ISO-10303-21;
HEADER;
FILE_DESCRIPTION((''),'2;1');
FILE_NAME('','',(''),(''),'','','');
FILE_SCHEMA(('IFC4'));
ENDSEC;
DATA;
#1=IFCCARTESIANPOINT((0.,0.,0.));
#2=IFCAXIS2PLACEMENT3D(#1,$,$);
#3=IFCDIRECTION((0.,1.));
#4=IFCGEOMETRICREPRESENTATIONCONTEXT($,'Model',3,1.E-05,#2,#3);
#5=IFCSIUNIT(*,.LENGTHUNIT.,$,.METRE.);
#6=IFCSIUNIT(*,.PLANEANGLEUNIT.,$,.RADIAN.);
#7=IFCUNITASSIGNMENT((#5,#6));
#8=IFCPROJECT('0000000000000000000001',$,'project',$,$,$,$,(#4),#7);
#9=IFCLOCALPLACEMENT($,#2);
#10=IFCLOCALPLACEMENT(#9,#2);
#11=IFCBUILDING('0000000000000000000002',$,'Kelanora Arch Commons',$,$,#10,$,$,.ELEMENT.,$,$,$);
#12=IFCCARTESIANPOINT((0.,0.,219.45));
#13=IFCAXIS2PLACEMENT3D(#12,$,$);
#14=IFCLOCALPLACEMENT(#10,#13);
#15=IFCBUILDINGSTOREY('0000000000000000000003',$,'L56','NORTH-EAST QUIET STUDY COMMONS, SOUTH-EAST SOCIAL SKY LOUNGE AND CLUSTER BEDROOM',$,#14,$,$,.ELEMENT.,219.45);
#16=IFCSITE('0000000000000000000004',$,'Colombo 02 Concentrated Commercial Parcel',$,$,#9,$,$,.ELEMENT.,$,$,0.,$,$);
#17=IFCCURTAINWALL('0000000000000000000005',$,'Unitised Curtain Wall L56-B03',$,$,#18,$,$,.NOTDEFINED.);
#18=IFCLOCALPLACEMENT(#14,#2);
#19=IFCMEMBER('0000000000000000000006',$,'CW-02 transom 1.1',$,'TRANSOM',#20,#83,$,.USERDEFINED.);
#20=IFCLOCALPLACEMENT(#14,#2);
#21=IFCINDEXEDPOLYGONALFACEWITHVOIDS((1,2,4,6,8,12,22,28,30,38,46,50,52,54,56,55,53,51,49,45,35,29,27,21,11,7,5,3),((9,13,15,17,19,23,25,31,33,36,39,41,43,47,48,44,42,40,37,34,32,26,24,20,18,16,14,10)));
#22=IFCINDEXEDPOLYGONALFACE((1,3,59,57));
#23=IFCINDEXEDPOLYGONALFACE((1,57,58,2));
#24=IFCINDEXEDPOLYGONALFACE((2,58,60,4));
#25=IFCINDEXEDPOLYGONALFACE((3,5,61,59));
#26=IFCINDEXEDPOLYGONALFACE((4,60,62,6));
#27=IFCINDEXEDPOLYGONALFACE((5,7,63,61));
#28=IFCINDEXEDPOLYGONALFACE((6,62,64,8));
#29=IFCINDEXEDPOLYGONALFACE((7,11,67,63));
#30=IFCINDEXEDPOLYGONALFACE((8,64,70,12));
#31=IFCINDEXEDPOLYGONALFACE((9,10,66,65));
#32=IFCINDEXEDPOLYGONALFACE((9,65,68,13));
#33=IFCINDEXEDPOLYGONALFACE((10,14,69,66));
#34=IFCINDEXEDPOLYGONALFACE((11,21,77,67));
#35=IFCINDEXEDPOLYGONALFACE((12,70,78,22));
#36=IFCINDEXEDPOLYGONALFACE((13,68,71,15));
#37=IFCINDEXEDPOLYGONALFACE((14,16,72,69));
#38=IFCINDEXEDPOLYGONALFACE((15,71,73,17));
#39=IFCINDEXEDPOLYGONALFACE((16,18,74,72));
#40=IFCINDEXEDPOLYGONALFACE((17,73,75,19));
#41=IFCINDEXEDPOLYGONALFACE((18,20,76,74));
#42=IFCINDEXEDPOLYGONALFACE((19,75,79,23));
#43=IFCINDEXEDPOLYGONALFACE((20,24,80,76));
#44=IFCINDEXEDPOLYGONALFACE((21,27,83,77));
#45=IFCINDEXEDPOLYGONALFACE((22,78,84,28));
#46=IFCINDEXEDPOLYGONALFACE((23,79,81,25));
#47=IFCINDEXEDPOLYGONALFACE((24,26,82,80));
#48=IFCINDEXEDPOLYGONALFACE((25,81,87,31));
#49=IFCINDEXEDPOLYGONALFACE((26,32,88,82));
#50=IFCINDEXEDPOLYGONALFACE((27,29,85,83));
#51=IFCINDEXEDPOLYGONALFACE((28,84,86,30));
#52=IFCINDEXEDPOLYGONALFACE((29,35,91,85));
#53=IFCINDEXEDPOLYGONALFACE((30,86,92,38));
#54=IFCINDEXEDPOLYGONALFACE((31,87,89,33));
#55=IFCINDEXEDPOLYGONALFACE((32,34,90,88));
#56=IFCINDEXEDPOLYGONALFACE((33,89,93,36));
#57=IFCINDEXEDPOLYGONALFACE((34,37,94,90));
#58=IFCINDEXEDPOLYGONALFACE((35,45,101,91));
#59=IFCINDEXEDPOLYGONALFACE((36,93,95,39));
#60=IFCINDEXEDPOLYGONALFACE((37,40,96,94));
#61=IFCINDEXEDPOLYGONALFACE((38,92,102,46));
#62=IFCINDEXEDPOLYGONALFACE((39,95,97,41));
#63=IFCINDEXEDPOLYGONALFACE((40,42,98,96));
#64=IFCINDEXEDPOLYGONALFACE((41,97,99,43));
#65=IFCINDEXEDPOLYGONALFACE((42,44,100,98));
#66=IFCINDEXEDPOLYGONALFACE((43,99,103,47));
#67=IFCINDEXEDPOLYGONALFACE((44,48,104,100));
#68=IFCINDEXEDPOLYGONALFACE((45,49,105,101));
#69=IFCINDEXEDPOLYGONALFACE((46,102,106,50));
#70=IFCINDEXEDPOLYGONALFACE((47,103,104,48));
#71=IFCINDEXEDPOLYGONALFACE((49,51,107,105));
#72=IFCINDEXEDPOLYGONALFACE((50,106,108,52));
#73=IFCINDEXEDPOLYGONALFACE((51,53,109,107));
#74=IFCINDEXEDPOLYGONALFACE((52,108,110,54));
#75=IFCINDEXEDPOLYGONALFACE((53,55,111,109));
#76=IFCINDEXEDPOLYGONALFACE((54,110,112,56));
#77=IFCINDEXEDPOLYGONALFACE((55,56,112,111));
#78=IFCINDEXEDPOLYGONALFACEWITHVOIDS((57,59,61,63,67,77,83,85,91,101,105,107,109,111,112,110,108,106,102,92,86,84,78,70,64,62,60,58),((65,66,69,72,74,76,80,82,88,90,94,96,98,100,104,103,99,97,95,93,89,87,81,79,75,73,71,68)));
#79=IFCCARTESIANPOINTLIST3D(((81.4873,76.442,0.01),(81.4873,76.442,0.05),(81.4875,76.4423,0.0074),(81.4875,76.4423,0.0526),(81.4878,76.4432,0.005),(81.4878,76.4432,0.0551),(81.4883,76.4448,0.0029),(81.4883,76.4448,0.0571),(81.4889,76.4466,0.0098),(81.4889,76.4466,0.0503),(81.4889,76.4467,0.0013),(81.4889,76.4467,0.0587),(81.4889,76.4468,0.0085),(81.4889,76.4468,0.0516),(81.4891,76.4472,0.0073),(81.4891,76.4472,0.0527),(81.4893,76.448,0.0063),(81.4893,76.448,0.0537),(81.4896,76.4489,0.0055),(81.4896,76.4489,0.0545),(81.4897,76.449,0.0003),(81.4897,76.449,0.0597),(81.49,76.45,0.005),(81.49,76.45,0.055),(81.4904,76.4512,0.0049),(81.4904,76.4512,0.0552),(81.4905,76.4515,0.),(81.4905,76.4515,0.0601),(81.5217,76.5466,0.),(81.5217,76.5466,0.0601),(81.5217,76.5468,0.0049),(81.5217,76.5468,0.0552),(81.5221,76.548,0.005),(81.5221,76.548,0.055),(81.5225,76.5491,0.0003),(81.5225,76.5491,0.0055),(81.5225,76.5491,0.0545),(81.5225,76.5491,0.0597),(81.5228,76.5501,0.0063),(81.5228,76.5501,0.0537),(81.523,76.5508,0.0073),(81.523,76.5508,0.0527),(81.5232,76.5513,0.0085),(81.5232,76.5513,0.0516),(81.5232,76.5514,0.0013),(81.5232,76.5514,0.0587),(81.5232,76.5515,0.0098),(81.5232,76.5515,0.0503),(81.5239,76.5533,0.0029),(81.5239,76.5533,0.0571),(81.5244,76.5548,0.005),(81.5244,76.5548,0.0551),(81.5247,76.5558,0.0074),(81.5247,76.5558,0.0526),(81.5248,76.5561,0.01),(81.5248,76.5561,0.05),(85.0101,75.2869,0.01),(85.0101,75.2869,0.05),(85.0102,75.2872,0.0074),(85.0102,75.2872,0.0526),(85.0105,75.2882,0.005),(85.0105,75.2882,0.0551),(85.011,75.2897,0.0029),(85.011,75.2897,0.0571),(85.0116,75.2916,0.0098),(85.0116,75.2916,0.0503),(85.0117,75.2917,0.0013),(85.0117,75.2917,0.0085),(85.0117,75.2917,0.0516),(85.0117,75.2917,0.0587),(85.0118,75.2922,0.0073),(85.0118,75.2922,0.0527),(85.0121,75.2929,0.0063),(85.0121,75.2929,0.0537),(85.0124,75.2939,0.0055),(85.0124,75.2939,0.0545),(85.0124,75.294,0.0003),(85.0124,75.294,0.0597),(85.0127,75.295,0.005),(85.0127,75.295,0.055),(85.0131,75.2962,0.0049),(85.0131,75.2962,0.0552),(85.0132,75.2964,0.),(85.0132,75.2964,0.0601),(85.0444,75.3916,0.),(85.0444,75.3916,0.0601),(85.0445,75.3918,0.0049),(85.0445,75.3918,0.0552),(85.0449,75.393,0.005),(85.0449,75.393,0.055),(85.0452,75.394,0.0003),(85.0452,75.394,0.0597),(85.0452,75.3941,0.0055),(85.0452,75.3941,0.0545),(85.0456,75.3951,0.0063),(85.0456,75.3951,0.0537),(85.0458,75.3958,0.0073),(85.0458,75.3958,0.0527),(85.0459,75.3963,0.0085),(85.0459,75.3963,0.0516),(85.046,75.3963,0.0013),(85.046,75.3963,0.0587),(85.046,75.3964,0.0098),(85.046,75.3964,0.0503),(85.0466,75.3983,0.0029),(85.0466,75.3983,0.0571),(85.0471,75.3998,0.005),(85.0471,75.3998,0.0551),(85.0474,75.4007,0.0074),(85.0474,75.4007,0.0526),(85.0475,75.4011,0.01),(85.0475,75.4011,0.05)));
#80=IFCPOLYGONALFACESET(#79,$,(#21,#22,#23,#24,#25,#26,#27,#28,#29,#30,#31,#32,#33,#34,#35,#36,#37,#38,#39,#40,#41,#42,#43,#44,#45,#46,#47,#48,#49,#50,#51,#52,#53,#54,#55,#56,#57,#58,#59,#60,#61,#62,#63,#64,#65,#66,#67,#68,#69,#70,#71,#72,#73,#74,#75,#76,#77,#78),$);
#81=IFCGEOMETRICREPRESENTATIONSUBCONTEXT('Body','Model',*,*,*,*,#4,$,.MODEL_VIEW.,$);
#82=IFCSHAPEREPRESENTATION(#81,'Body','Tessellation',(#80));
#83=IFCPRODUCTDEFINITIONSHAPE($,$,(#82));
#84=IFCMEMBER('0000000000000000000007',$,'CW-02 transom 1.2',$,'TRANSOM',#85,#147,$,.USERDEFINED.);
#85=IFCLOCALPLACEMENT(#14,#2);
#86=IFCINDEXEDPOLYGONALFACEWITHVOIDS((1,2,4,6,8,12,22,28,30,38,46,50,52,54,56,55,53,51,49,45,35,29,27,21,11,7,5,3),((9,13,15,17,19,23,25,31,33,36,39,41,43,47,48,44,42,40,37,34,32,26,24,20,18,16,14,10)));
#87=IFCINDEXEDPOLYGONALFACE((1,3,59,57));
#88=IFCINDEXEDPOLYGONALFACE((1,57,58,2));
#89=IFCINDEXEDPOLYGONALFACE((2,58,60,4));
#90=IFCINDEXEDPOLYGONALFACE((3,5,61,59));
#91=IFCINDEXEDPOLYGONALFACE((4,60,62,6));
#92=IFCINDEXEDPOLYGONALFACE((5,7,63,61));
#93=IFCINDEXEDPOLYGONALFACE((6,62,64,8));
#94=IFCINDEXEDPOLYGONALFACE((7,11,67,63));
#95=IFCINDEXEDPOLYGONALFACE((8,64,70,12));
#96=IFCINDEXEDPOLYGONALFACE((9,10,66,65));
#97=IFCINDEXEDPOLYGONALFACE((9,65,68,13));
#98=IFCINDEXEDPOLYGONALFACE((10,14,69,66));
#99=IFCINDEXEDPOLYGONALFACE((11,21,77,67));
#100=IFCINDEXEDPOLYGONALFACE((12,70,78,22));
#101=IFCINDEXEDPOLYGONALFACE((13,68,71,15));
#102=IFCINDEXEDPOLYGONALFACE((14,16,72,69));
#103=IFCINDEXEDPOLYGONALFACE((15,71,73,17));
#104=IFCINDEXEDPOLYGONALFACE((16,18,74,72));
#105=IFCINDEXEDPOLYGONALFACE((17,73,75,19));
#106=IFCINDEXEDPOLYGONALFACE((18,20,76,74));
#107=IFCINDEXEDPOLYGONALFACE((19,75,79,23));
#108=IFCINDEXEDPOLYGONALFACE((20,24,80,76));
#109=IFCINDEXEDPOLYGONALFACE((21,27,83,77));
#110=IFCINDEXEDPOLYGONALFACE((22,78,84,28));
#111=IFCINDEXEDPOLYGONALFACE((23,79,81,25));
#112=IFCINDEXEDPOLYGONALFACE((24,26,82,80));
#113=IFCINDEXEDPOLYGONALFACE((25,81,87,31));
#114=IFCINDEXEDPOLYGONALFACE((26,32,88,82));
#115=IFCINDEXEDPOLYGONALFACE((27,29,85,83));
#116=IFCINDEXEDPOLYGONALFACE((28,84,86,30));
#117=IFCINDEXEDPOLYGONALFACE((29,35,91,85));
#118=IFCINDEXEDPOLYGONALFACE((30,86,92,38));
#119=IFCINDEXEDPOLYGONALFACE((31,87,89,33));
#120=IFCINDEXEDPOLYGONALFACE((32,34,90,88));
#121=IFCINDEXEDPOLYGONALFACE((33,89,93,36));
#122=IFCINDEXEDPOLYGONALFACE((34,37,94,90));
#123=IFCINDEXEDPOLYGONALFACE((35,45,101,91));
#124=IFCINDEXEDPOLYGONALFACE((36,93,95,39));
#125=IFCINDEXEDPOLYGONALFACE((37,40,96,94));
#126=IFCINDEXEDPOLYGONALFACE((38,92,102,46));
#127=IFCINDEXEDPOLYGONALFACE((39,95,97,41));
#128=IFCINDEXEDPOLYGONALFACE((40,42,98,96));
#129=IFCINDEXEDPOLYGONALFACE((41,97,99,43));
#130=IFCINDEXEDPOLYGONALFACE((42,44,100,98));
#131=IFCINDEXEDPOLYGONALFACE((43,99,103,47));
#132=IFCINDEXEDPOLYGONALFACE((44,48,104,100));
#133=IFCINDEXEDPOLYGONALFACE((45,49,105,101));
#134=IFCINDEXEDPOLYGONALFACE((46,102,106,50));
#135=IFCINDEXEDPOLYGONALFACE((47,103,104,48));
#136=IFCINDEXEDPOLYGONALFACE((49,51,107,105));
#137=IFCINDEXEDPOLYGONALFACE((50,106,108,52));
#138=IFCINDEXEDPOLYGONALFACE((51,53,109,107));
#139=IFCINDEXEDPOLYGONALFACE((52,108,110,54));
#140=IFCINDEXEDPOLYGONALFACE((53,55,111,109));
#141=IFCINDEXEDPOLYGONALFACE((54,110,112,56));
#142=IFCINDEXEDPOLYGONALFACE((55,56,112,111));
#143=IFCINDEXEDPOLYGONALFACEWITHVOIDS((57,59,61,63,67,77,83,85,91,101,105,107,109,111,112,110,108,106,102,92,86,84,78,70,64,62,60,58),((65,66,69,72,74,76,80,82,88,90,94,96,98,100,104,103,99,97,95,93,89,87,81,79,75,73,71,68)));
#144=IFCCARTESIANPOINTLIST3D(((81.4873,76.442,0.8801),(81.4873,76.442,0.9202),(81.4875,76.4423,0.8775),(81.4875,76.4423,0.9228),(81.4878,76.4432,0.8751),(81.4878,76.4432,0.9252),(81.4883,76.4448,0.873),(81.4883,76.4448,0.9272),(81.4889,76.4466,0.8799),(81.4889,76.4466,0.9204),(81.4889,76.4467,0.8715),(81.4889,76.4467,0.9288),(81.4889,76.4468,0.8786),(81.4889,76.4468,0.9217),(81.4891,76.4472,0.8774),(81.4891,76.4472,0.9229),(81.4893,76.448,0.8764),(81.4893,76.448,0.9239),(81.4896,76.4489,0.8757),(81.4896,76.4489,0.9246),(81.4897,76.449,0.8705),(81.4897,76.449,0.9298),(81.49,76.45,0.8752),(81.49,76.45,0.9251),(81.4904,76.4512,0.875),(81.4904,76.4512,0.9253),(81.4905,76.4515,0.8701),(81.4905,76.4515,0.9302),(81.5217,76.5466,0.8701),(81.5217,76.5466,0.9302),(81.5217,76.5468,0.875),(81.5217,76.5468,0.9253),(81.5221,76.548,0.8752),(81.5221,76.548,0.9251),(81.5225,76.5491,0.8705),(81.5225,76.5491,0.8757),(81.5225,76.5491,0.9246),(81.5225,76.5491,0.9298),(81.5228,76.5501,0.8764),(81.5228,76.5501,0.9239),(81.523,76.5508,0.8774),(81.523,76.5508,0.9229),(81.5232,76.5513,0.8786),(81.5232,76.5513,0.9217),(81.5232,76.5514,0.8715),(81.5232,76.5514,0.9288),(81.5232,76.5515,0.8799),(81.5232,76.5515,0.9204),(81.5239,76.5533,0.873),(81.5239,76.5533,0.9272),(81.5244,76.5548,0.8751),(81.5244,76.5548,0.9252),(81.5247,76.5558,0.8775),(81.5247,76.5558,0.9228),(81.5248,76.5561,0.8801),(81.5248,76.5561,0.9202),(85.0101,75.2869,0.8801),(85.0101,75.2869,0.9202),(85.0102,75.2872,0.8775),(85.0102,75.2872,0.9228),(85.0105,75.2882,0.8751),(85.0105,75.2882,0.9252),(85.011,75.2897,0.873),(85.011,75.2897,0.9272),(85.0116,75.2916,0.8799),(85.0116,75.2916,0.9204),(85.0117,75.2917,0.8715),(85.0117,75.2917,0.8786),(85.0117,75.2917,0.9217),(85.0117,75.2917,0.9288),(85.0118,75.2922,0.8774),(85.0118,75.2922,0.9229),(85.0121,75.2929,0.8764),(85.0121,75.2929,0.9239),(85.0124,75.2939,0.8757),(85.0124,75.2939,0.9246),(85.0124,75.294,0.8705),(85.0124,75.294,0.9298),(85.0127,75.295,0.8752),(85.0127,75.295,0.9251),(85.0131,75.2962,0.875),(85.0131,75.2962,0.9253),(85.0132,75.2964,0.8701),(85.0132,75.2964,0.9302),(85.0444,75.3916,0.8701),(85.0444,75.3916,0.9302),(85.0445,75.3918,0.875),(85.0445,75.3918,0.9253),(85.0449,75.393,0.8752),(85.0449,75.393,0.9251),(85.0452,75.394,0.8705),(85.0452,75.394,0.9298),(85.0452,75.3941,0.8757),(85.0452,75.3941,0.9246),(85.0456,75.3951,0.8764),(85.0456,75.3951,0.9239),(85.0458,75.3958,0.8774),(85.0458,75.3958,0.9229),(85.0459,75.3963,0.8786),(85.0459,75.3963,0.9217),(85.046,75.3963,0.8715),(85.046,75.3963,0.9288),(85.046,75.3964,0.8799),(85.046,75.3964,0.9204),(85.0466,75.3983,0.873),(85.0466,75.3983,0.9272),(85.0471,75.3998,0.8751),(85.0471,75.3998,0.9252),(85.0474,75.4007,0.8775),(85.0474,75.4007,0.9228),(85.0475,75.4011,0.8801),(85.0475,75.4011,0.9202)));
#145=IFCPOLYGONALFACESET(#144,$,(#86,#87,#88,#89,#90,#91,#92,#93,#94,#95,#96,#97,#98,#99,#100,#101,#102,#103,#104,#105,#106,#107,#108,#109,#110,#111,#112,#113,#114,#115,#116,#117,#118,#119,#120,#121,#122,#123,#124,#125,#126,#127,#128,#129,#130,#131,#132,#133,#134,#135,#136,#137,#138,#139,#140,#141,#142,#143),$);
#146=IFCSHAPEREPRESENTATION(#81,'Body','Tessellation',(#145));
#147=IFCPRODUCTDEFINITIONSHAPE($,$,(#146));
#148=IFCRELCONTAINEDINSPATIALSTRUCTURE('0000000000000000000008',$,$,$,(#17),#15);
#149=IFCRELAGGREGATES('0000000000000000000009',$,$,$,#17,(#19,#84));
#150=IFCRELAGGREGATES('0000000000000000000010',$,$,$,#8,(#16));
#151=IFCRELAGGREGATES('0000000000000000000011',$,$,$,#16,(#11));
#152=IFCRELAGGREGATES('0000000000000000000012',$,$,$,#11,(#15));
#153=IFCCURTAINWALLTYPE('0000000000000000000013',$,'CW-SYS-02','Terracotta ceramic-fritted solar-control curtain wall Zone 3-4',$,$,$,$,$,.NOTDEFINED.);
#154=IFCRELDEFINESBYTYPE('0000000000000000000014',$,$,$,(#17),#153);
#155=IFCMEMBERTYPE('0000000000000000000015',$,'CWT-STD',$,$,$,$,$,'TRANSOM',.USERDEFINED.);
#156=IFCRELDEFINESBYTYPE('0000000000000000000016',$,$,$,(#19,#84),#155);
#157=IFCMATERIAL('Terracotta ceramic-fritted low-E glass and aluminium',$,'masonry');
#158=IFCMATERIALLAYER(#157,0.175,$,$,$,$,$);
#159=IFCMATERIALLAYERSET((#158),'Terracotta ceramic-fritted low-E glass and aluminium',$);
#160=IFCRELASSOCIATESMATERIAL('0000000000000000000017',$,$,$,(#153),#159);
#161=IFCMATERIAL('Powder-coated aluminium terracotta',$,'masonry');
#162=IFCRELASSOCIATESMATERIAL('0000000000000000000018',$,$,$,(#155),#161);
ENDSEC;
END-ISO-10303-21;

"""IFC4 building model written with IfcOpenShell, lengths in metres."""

from ifc_helpers import new_model, si_unit, direction, frame, origin, origin_2d, place, context, subcontext, project, spatial, hollow_rectangle, extrude, material, layer, layer_set, material_profile, profile_set, type_object, element, aggregate, save


model = new_model("IFC4")

# Units and contexts
model_context = context("Model", 3, precision=1e-05, world=origin(), true_north=direction((0.0, 1.0)))
body_context = subcontext(model_context, "Body", "Model", "MODEL_VIEW")
ifc_project = project(units=[si_unit("LENGTHUNIT", "METRE"), si_unit("PLANEANGLEUNIT", "RADIAN")], contexts=[model_context])

# Site, building, storey
site_placement = place(None, origin())
site = spatial("IfcSite", under=ifc_project, at=site_placement, Name="Colombo 02 Concentrated Commercial Parcel", CompositionType="ELEMENT", RefElevation=0.0)
building_placement = place(site_placement, origin())
building = spatial("IfcBuilding", under=site, at=building_placement, Name="Kelanora Arch Commons", CompositionType="ELEMENT")
storey_placement = place(building_placement, frame((0.0, 0.0, 219.45)))
storey = spatial("IfcBuildingStorey", under=building, at=storey_placement, Name="L56", Description="NORTH-EAST QUIET STUDY COMMONS, SOUTH-EAST SOCIAL SKY LOUNGE AND CLUSTER BEDROOM", CompositionType="ELEMENT", Elevation=219.45)

# Shared definitions
ifc_material_1 = material(Name="Terracotta ceramic-fritted low-E glass and aluminium", Category="masonry")
ifc_layer_1 = layer(ifc_material_1, 0.175)
ifc_layer_set_1 = layer_set([ifc_layer_1], Name="Terracotta ceramic-fritted low-E glass and aluminium")
curtain_wall_type = type_object("IfcCurtainWallType", Name="CW-SYS-02", Description="Terracotta ceramic-fritted solar-control curtain wall Zone 3-4", PredefinedType="NOTDEFINED", material=ifc_layer_set_1)
ifc_material_2 = material(Name="Powder-coated aluminium terracotta", Category="masonry")

# Curtain wall, members
curtain_wall_1_placement = place(storey_placement, origin())
curtain_wall_1 = element("IfcCurtainWall", 1, at=curtain_wall_1_placement, inside=storey, type_object=curtain_wall_type, Name="Unitised Curtain Wall L56-B03", PredefinedType="NOTDEFINED")
ifc_material_profile_1 = material_profile(ifc_material_2, hollow_rectangle(XDim=0.1201, YDim=0.0601, WallThickness=0.0049, InnerFilletRadius=0.0049, OuterFilletRadius=0.01, at=origin_2d()), Name="CWT120x60")
ifc_profile_set_1 = profile_set([ifc_material_profile_1], Name="Powder-coated aluminium terracotta")
member_type_1 = type_object("IfcMemberType", Name="CWT-STD", ElementType="TRANSOM", PredefinedType="USERDEFINED", material=ifc_profile_set_1)
member_1_placement = place(storey_placement, frame((85.0288, 75.344, 0.03), z_axis=(-0.950226, 0.311561, 0.0), x_axis=(-0.311561, -0.950226, 0.0)))
member_1 = element("IfcMember", 2, at=member_1_placement, type_object=member_type_1, Name="CW-02 transom 1.1", ObjectType="TRANSOM", PredefinedType="USERDEFINED", context=body_context, shape_type="SweptSolid", body=[
    extrude(hollow_rectangle(XDim=0.1201, YDim=0.0601, WallThickness=0.0049, InnerFilletRadius=0.0049, OuterFilletRadius=0.01, at=origin_2d()), origin(), (0.0, 0.0, 1.0), 3.7073),
])
member_2_placement = place(storey_placement, frame((85.0288, 75.344, 0.9001), z_axis=(-0.950226, 0.311561, 0.0), x_axis=(-0.311561, -0.950226, 0.0)))
member_2 = element("IfcMember", 3, at=member_2_placement, type_object=member_type_1, Name="CW-02 transom 1.2", ObjectType="TRANSOM", PredefinedType="USERDEFINED", context=body_context, shape_type="SweptSolid", body=[
    extrude(hollow_rectangle(XDim=0.1201, YDim=0.0601, WallThickness=0.0049, InnerFilletRadius=0.0049, OuterFilletRadius=0.01, at=origin_2d()), origin(), (0.0, 0.0, 1.0), 3.7073),
])
aggregate(curtain_wall_1, [member_1, member_2])

save(model, "model.ifc")
